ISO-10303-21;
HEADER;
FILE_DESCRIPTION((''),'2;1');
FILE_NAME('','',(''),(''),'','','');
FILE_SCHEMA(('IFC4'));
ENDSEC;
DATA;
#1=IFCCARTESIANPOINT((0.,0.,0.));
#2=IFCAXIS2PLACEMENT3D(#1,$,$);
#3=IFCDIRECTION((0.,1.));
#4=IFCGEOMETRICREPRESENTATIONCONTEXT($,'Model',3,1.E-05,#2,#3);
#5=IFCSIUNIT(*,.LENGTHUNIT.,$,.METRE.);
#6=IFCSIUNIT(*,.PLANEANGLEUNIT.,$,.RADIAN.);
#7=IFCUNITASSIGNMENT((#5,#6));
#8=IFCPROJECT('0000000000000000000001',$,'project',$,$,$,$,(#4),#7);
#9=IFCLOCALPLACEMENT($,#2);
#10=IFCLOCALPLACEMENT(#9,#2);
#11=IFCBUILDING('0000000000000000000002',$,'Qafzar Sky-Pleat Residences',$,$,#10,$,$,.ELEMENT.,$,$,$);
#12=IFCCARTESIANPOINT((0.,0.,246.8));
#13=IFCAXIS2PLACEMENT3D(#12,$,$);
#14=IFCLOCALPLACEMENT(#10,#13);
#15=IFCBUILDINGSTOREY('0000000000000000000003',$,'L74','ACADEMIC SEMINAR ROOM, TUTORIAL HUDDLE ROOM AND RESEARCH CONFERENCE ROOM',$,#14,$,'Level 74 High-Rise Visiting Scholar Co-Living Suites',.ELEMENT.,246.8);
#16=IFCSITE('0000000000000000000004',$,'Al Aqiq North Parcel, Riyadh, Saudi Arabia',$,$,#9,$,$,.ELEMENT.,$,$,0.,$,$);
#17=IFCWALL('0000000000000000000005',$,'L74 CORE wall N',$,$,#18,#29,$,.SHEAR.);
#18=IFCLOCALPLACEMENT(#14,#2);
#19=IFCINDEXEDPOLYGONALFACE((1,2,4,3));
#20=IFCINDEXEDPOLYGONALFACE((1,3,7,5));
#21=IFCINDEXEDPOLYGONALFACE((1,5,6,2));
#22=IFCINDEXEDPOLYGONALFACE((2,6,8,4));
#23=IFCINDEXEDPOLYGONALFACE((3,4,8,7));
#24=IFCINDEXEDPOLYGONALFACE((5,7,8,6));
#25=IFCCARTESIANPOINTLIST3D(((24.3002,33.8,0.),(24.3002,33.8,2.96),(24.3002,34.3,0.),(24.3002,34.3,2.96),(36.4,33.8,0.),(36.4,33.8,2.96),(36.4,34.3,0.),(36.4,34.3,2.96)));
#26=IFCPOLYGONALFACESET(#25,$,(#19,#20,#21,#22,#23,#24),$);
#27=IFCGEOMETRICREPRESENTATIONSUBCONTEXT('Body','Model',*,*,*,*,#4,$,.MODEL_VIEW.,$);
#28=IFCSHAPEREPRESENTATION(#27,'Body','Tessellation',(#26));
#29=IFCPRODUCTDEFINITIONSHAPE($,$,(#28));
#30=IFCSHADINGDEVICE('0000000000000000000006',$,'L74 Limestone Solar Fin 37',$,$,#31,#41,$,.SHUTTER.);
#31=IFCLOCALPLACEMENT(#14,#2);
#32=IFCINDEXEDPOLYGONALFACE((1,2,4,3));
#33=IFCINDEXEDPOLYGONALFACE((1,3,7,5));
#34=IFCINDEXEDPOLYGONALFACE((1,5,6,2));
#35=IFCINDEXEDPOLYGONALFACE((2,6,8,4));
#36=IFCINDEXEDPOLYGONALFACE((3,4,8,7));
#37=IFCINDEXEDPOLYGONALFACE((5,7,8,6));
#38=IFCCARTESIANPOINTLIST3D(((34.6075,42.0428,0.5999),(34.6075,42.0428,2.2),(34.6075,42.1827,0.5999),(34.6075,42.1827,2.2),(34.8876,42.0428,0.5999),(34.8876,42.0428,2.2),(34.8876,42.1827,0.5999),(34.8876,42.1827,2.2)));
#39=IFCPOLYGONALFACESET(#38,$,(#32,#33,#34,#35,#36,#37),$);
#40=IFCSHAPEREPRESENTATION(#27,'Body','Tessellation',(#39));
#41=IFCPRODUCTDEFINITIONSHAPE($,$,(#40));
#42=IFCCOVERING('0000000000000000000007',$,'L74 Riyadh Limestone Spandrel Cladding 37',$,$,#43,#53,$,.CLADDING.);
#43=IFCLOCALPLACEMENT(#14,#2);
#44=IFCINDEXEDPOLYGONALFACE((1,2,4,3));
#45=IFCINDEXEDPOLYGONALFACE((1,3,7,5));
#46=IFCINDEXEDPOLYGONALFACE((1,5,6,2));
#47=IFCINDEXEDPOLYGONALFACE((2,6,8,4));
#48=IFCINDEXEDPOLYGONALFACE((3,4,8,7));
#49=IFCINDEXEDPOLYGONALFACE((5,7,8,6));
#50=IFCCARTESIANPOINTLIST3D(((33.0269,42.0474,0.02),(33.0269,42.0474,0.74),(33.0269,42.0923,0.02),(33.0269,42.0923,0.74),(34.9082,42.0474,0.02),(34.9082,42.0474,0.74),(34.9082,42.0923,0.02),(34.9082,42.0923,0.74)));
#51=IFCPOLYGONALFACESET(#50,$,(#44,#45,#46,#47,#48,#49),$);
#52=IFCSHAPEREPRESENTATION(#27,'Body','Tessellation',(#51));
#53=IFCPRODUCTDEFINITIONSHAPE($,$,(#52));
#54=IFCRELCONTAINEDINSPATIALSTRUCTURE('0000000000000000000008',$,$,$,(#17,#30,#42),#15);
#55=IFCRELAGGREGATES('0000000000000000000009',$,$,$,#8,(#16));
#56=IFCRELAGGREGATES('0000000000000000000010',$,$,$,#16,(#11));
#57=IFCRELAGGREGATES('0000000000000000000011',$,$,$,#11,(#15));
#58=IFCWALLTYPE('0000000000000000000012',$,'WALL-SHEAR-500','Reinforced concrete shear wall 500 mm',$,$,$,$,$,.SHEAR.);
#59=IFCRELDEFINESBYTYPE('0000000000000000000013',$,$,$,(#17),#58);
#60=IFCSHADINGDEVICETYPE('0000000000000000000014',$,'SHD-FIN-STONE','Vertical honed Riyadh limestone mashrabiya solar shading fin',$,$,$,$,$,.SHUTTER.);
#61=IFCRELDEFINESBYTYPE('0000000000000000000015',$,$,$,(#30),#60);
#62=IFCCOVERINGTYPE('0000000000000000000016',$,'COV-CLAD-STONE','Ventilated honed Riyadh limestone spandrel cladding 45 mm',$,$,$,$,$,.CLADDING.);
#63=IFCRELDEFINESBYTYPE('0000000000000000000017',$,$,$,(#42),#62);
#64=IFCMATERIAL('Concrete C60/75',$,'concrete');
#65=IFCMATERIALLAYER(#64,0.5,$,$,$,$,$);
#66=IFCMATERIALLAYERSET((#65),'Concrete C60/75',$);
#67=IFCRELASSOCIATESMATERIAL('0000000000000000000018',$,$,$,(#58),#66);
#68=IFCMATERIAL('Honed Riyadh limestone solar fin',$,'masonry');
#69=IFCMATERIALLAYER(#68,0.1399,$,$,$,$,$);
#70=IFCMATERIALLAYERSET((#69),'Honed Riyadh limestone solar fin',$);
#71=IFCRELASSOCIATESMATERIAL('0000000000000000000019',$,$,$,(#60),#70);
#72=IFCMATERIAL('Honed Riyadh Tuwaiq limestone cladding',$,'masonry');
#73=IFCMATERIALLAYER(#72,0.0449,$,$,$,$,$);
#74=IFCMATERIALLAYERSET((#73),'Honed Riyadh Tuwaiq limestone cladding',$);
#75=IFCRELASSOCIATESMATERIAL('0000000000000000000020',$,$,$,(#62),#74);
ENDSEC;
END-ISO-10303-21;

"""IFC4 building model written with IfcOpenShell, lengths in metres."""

from ifc_helpers import new_model, si_unit, direction, frame, frame_2d, origin, origin_2d, place, context, subcontext, project, spatial, rectangle, extrude, source, transform, mapped, material, layer, layer_set, type_object, element, save


model = new_model("IFC4")

# Units and contexts
model_context = context("Model", 3, precision=1e-05, world=origin(), true_north=direction((0.0, 1.0)))
body_context = subcontext(model_context, "Body", "Model", "MODEL_VIEW")
ifc_project = project(units=[si_unit("LENGTHUNIT", "METRE"), si_unit("PLANEANGLEUNIT", "RADIAN")], contexts=[model_context])

# Site, building, storey
site_placement = place(None, origin())
site = spatial("IfcSite", under=ifc_project, at=site_placement, Name="Al Aqiq North Parcel, Riyadh, Saudi Arabia", CompositionType="ELEMENT", RefElevation=0.0)
building_placement = place(site_placement, origin())
building = spatial("IfcBuilding", under=site, at=building_placement, Name="Qafzar Sky-Pleat Residences", CompositionType="ELEMENT")
storey_placement = place(building_placement, frame((0.0, 0.0, 246.8)))
storey = spatial("IfcBuildingStorey", under=building, at=storey_placement, Name="L74", Description="ACADEMIC SEMINAR ROOM, TUTORIAL HUDDLE ROOM AND RESEARCH CONFERENCE ROOM", LongName="Level 74 High-Rise Visiting Scholar Co-Living Suites", CompositionType="ELEMENT", Elevation=246.8)

# Wall
ifc_material_1 = material(Name="Concrete C60/75", Category="concrete")
ifc_layer_1 = layer(ifc_material_1, 0.5)
ifc_layer_set_1 = layer_set([ifc_layer_1], Name="Concrete C60/75")
wall_type_1 = type_object("IfcWallType", Name="WALL-SHEAR-500", Description="Reinforced concrete shear wall 500 mm", PredefinedType="SHEAR", material=ifc_layer_set_1)
wall_1_placement = place(storey_placement, frame((36.3999, 34.05, 0.0), z_axis=(0.0, 0.0, 1.0), x_axis=(-1.0, 0.0, 0.0)))
element("IfcWall", 1, at=wall_1_placement, inside=storey, type_object=wall_type_1, Name="L74 CORE wall N", PredefinedType="SHEAR", context=body_context, shape_type="SweptSolid", body=[
    extrude(rectangle(XDim=12.0999, YDim=0.5, at=frame_2d((6.0498, 0.0))), origin(), (0.0, 0.0, 1.0), 2.96),
])

# Shading device
ifc_material_2 = material(Name="Honed Riyadh limestone solar fin", Category="masonry")
ifc_layer_2 = layer(ifc_material_2, 0.1399)
ifc_layer_set_2 = layer_set([ifc_layer_2], Name="Honed Riyadh limestone solar fin")
shading_device_type = type_object("IfcShadingDeviceType", Name="SHD-FIN-STONE", Description="Vertical honed Riyadh limestone mashrabiya solar shading fin", PredefinedType="SHUTTER", material=ifc_layer_set_2)
shared_shape_1 = source(origin(), body_context, "Body", "SweptSolid", [
    extrude(rectangle(XDim=0.1399, YDim=0.28, at=origin_2d()), origin(), (0.0, 0.0, 1.0), 1.6001),
])
shading_device_placement = place(storey_placement, frame((34.7476, 42.1128, 0.5999), z_axis=(0.0, 0.0, 1.0), x_axis=(0.0, 1.0, 0.0)))
element("IfcShadingDevice", 2, at=shading_device_placement, inside=storey, type_object=shading_device_type, Name="L74 Limestone Solar Fin 37", PredefinedType="SHUTTER", context=body_context, shape_type="MappedRepresentation", body=[
    mapped(shared_shape_1, transform((0.0, 0.0, 0.0), x_axis=(1.0, 0.0, 0.0), y_axis=(0.0, 1.0, 0.0), z_axis=(0.0, 0.0, 1.0), scale=1.0)),
])

# Covering
ifc_material_3 = material(Name="Honed Riyadh Tuwaiq limestone cladding", Category="masonry")
ifc_layer_3 = layer(ifc_material_3, 0.0449)
ifc_layer_set_3 = layer_set([ifc_layer_3], Name="Honed Riyadh Tuwaiq limestone cladding")
covering_type = type_object("IfcCoveringType", Name="COV-CLAD-STONE", Description="Ventilated honed Riyadh limestone spandrel cladding 45 mm", PredefinedType="CLADDING", material=ifc_layer_set_3)
shared_shape_2 = source(origin(), body_context, "Body", "SweptSolid", [
    extrude(rectangle(XDim=1.8813, YDim=0.0449, at=origin_2d()), origin(), (0.0, 0.0, 1.0), 0.72),
])
covering_placement = place(storey_placement, frame((33.9675, 42.0698, 0.02), z_axis=(0.0, 0.0, 1.0), x_axis=(-1.0, 0.0, 0.0)))
element("IfcCovering", 3, at=covering_placement, inside=storey, type_object=covering_type, Name="L74 Riyadh Limestone Spandrel Cladding 37", PredefinedType="CLADDING", context=body_context, shape_type="MappedRepresentation", body=[
    mapped(shared_shape_2, transform((0.0, 0.0, 0.0), x_axis=(1.0, 0.0, 0.0), y_axis=(0.0, 1.0, 0.0), z_axis=(0.0, 0.0, 1.0), scale=1.0)),
])

save(model, "model.ifc")
